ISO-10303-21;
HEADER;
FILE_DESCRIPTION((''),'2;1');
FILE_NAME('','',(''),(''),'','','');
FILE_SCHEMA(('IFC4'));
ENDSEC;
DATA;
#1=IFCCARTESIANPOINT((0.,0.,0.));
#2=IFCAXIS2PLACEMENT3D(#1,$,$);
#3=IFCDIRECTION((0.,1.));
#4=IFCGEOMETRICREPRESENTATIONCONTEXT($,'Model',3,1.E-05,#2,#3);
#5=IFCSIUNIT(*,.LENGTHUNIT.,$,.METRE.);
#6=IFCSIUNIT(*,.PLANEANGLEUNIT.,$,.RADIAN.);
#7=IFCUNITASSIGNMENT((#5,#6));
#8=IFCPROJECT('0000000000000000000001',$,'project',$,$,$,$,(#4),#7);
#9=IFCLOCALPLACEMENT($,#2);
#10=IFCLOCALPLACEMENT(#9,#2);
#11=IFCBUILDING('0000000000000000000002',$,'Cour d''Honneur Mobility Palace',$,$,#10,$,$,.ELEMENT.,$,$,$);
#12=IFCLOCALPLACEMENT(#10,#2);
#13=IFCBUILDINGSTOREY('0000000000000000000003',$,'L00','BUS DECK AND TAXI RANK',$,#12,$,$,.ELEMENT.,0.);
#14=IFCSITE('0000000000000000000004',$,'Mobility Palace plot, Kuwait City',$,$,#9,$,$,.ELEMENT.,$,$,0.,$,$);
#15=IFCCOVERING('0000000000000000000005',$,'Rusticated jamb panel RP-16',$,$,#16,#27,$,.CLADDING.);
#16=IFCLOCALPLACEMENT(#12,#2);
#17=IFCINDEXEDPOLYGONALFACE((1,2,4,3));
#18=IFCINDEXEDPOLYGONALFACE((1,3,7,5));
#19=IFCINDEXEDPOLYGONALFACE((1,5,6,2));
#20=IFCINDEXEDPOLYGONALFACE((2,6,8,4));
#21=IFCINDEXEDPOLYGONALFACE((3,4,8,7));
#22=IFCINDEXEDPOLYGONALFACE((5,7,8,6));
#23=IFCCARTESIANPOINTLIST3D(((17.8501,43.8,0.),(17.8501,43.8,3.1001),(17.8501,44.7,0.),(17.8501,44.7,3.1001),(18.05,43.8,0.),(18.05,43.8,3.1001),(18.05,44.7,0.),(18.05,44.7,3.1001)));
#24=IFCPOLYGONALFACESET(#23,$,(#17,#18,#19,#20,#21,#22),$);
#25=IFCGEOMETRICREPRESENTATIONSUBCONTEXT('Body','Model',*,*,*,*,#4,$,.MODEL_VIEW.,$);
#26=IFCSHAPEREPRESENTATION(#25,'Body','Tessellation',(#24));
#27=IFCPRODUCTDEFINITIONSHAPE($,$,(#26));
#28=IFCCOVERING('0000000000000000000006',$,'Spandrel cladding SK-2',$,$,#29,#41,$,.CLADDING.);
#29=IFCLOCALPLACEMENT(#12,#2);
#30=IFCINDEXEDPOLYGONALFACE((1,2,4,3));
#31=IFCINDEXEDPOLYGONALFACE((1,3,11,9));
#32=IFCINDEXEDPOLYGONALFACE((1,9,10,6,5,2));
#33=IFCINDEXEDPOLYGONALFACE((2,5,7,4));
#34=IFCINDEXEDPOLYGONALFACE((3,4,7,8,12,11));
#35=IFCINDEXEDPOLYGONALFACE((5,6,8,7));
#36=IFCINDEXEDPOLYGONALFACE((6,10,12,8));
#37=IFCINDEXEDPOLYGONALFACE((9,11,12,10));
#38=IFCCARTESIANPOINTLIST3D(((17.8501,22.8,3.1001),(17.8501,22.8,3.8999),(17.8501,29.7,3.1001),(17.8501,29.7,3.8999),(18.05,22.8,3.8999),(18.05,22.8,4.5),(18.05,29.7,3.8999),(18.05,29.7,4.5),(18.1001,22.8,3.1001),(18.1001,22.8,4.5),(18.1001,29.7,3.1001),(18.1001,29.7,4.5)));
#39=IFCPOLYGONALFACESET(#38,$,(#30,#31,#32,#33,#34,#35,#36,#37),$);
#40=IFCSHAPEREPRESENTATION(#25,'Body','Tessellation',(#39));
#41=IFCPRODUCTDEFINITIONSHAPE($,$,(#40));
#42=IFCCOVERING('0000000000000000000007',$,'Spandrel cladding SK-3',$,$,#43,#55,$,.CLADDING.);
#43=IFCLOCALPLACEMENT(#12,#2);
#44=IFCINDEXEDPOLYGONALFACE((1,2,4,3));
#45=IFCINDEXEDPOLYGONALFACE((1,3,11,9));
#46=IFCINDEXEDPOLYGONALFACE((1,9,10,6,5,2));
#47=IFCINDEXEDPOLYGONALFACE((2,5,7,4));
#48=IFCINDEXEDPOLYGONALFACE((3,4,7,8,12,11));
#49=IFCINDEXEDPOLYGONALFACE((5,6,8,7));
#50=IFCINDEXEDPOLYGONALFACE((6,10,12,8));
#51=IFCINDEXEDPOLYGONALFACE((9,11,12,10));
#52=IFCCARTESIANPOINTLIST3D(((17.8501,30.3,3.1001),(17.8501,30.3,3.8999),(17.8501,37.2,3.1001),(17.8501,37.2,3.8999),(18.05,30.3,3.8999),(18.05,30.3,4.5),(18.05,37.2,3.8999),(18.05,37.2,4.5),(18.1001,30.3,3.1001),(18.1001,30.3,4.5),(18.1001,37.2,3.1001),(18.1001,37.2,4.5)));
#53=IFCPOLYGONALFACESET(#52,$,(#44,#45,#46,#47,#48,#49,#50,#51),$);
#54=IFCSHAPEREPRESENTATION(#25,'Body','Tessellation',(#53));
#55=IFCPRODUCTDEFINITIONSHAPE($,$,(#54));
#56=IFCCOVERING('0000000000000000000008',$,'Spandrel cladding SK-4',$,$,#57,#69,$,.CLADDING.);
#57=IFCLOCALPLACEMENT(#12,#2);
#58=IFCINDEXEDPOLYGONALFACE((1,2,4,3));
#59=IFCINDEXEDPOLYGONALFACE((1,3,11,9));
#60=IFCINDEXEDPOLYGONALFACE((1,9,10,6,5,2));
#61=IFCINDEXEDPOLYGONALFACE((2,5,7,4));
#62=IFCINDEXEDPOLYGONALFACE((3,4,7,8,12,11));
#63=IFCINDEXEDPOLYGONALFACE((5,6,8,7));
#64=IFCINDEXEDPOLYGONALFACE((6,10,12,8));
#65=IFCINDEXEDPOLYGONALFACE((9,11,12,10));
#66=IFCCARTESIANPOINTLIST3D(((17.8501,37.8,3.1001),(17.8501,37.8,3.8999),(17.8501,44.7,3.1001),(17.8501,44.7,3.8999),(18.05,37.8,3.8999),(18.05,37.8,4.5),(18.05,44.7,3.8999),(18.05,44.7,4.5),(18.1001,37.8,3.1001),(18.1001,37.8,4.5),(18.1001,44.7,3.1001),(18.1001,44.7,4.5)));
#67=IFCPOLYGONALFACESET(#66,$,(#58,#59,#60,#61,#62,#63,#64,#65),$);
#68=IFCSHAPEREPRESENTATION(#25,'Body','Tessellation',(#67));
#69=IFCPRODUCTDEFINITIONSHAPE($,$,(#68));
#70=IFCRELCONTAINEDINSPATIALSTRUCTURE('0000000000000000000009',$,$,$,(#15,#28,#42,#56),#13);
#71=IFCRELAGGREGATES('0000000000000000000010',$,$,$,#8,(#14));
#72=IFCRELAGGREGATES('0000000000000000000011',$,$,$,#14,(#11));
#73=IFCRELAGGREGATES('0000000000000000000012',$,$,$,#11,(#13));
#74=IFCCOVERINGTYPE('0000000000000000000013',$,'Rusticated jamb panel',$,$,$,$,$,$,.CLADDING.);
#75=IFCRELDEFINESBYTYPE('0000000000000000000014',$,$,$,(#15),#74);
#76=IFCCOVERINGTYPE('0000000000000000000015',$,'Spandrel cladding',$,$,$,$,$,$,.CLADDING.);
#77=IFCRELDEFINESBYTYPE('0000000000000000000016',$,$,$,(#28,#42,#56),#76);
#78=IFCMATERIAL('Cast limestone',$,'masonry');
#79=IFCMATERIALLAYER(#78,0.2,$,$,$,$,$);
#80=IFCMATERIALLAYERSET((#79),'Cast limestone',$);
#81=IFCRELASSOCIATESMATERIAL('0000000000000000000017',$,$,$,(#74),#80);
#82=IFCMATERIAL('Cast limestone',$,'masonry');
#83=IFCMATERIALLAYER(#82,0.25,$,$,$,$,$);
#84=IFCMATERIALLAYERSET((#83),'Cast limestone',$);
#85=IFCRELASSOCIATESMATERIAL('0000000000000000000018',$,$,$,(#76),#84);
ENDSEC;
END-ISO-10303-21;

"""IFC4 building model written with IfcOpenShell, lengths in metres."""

from ifc_helpers import new_model, si_unit, direction, frame, origin, place, context, subcontext, project, spatial, polyline, outline, extrude, material, layer, layer_set, type_object, element, save


model = new_model("IFC4")

# Units and contexts
model_context = context("Model", 3, precision=1e-05, world=origin(), true_north=direction((0.0, 1.0)))
body_context = subcontext(model_context, "Body", "Model", "MODEL_VIEW")
ifc_project = project(units=[si_unit("LENGTHUNIT", "METRE"), si_unit("PLANEANGLEUNIT", "RADIAN")], contexts=[model_context])

# Site, building, storey
site_placement = place(None, origin())
site = spatial("IfcSite", under=ifc_project, at=site_placement, Name="Mobility Palace plot, Kuwait City", CompositionType="ELEMENT", RefElevation=0.0)
building_placement = place(site_placement, origin())
building = spatial("IfcBuilding", under=site, at=building_placement, Name="Cour d'Honneur Mobility Palace", CompositionType="ELEMENT")
storey_placement = place(building_placement, origin())
storey = spatial("IfcBuildingStorey", under=building, at=storey_placement, Name="L00", Description="BUS DECK AND TAXI RANK", CompositionType="ELEMENT", Elevation=0.0)

# Coverings
ifc_material_1 = material(Name="Cast limestone", Category="masonry")
ifc_layer_1 = layer(ifc_material_1, 0.2)
ifc_layer_set_1 = layer_set([ifc_layer_1], Name="Cast limestone")
covering_type_1 = type_object("IfcCoveringType", Name="Rusticated jamb panel", PredefinedType="CLADDING", material=ifc_layer_set_1)
for number, where, z_axis, x_axis, name in (
    (1, (18.05, 43.8, 0.0), (1.0, 0.0, 0.0), (0.0, 1.0, 0.0), "Rusticated jamb panel RP-16"),
):
    element("IfcCovering", number, at=place(storey_placement, frame(where, z_axis=z_axis, x_axis=x_axis)), inside=storey, type_object=covering_type_1, Name=name, PredefinedType="CLADDING", context=body_context, shape_type="SweptSolid", body=[
        extrude(outline(polyline([(0.0, 0.0), (0.8999, 0.0), (0.8999, 3.1001), (0.0, 3.1001), (0.0, 0.0)])), origin(), (0.0, 0.0, -1.0), 0.2),
    ])
ifc_material_2 = material(Name="Cast limestone", Category="masonry")
ifc_layer_2 = layer(ifc_material_2, 0.25)
ifc_layer_set_2 = layer_set([ifc_layer_2], Name="Cast limestone")
covering_type_2 = type_object("IfcCoveringType", Name="Spandrel cladding", PredefinedType="CLADDING", material=ifc_layer_set_2)
for number, where, z_axis, x_axis, name in (
    (2, (17.8501, 22.8, 3.1001), (0.0, -1.0, 0.0), (1.0, 0.0, 0.0), "Spandrel cladding SK-2"),
    (3, (17.8501, 30.3, 3.1001), (0.0, -1.0, 0.0), (1.0, 0.0, 0.0), "Spandrel cladding SK-3"),
    (4, (17.8501, 37.8, 3.1001), (0.0, -1.0, 0.0), (1.0, 0.0, 0.0), "Spandrel cladding SK-4"),
):
    element("IfcCovering", number, at=place(storey_placement, frame(where, z_axis=z_axis, x_axis=x_axis)), inside=storey, type_object=covering_type_2, Name=name, PredefinedType="CLADDING", context=body_context, shape_type="SweptSolid", body=[
        extrude(outline(polyline([(0.0, 0.0), (0.25, 0.0), (0.25, 1.3999), (0.2, 1.3999), (0.2, 0.7998), (0.0, 0.7998), (0.0, 0.0)])), origin(), (0.0, 0.0, -1.0), 6.8999),
    ])

save(model, "model.ifc")
